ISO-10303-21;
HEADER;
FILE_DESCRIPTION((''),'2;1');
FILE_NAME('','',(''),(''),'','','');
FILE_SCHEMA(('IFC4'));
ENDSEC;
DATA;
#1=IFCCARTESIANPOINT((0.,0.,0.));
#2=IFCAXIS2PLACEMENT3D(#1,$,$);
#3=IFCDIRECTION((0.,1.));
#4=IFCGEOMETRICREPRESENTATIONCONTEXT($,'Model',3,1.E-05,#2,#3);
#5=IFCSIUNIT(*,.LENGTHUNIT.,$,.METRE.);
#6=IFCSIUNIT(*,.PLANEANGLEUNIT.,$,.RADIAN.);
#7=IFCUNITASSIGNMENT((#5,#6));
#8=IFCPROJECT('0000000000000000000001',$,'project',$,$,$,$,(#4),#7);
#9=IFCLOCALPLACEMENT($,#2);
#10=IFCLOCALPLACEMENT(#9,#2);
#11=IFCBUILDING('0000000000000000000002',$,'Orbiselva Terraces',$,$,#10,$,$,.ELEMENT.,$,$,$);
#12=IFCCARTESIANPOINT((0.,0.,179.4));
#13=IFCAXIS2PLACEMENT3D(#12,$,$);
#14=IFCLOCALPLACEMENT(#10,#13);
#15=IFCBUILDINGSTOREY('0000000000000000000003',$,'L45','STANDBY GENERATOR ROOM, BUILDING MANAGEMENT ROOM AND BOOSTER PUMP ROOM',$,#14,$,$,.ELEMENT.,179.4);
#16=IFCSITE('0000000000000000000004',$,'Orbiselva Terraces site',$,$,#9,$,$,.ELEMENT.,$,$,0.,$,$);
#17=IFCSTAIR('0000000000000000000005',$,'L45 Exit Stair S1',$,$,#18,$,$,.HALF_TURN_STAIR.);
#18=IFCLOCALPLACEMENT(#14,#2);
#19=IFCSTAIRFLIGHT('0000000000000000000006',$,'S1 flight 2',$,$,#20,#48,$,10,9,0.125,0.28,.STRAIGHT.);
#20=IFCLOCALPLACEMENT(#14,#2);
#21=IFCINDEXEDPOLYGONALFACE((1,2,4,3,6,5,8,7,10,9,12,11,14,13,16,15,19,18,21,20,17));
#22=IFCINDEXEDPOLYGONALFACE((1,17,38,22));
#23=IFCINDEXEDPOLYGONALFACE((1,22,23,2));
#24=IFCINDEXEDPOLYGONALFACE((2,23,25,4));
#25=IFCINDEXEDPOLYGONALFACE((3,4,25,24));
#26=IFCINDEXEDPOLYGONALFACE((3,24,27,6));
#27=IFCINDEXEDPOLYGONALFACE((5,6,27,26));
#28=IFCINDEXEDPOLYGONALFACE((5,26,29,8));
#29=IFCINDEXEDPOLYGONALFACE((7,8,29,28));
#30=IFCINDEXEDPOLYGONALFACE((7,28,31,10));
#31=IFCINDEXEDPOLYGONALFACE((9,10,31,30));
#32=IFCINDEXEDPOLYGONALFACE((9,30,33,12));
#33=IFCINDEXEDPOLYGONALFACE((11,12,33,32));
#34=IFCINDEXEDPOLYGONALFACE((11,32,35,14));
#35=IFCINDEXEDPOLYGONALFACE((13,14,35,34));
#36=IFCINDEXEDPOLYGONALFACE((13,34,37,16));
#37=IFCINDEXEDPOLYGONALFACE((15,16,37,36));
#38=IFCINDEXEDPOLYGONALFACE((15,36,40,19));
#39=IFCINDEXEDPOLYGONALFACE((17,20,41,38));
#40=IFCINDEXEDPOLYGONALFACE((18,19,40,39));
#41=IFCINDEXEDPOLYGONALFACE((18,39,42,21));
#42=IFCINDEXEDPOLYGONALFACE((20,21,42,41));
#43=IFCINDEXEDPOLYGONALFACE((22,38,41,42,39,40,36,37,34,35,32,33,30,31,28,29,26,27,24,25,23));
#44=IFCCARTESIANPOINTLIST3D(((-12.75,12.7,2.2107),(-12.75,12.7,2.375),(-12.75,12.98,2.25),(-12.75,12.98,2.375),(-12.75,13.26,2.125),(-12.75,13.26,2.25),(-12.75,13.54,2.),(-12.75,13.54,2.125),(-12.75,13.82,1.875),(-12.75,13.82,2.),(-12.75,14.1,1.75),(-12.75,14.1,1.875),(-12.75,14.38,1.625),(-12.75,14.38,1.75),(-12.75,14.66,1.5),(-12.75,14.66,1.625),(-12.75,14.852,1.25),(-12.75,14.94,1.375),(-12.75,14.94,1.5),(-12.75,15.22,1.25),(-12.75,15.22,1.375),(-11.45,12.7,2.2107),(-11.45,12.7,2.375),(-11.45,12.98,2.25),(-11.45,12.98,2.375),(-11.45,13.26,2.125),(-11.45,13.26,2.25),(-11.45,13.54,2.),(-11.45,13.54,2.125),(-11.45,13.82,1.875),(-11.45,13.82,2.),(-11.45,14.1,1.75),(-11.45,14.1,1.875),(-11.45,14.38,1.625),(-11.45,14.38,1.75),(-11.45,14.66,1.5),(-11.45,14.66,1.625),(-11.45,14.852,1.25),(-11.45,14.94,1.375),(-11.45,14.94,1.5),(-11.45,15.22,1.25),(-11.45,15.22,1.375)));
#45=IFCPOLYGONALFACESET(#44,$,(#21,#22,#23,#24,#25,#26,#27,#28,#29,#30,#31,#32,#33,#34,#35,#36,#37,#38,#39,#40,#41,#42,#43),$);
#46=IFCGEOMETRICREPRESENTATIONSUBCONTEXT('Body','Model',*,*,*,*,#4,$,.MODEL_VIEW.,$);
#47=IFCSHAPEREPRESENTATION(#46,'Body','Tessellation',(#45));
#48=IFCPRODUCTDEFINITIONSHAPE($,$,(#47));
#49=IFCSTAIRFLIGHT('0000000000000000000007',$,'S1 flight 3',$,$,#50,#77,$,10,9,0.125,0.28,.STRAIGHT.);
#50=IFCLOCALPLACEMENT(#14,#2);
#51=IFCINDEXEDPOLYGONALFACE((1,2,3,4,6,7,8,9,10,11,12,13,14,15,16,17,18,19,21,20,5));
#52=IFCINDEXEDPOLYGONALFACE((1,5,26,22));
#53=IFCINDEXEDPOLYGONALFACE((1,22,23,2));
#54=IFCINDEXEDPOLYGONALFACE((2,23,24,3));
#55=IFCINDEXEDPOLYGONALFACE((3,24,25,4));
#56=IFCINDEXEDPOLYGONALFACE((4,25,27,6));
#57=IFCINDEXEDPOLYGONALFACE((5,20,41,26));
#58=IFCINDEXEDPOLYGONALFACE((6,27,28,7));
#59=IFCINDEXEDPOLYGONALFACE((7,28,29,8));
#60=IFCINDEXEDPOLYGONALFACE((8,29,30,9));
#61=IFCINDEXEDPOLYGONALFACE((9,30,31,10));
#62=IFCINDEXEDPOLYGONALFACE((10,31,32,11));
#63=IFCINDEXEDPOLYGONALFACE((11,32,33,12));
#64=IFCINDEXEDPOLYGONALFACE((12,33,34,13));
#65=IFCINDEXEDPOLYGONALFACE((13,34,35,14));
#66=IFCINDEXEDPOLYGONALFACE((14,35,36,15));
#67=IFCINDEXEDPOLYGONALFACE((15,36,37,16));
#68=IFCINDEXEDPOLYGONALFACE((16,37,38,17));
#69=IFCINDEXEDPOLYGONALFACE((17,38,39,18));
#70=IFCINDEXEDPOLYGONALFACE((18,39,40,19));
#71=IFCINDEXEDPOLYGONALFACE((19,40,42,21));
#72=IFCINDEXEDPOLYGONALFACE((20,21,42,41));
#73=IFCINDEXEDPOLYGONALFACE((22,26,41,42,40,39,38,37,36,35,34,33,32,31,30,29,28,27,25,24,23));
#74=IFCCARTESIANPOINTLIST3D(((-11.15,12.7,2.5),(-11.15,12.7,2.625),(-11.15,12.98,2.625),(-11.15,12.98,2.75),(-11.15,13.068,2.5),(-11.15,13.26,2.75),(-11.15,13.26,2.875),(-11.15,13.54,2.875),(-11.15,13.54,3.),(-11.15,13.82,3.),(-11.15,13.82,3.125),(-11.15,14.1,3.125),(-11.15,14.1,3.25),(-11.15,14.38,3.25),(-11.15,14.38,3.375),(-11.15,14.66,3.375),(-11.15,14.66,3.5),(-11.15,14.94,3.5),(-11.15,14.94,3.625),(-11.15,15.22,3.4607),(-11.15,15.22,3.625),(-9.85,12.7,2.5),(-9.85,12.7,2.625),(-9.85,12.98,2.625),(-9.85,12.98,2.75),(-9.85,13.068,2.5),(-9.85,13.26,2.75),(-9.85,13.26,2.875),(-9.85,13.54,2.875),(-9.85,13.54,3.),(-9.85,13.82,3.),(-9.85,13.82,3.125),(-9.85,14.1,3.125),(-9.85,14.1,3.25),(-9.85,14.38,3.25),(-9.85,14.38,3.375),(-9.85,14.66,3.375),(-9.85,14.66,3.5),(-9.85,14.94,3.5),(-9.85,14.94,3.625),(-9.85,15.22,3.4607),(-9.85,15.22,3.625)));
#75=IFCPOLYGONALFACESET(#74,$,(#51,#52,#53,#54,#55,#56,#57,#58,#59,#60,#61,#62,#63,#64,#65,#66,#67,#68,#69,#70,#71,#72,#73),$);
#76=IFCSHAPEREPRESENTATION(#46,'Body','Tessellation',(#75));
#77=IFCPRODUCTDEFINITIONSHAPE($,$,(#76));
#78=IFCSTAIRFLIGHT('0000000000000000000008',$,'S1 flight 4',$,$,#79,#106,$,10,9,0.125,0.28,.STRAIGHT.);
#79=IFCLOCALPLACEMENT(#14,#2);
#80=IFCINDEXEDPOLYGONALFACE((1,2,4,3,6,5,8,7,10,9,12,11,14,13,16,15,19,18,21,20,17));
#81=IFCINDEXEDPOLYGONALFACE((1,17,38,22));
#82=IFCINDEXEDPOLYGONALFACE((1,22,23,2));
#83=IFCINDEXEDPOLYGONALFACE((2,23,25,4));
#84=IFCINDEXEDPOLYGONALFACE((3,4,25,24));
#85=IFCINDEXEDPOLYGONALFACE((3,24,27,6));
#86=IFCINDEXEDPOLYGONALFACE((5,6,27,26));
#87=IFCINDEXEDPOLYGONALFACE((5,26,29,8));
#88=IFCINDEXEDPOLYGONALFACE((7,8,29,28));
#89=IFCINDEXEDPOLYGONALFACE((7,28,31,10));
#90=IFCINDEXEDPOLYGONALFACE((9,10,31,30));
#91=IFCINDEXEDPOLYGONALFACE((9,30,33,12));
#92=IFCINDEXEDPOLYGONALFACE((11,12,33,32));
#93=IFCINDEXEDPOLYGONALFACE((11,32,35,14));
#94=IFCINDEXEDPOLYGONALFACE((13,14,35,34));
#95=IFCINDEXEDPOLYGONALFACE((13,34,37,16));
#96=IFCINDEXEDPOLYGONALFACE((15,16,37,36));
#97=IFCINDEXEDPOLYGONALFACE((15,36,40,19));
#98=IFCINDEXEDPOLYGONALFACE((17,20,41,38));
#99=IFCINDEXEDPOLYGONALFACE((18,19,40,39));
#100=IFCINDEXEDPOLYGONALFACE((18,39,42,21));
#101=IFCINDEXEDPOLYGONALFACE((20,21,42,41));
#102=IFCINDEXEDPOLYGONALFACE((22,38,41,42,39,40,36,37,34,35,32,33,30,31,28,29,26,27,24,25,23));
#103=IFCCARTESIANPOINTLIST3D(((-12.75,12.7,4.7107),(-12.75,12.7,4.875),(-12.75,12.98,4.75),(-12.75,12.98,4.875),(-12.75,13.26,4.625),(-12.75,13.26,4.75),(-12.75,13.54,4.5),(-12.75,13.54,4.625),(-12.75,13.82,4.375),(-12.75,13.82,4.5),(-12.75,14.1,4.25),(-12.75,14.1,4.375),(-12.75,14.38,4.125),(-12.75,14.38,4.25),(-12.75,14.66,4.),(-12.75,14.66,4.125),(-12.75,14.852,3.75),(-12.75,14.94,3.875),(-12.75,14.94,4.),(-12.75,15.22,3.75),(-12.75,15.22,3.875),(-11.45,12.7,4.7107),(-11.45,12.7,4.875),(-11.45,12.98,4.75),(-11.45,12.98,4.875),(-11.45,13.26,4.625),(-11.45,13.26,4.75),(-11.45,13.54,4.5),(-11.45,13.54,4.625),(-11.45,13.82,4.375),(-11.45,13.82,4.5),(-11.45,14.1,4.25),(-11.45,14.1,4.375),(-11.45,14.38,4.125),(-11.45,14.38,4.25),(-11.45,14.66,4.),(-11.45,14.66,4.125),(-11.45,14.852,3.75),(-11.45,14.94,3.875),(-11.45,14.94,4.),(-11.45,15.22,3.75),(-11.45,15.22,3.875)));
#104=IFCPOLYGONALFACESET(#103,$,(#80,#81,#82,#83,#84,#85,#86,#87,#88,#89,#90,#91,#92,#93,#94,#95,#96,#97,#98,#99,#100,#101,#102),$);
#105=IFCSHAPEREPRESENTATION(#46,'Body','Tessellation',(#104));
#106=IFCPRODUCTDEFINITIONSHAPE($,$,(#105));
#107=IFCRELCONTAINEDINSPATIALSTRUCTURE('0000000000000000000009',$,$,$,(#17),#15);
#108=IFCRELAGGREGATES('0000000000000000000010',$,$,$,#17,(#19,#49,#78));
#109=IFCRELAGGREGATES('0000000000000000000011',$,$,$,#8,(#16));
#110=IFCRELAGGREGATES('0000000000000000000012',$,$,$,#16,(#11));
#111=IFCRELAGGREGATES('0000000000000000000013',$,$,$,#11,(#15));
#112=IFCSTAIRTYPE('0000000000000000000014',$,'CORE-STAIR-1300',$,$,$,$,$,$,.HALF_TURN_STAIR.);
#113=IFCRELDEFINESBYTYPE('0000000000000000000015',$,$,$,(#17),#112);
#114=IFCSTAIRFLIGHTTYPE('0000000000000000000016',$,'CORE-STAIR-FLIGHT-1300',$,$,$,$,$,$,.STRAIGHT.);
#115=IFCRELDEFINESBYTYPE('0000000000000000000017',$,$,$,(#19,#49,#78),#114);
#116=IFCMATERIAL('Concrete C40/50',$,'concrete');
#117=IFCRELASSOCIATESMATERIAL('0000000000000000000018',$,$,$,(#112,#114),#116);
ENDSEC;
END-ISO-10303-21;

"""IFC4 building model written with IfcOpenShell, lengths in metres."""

from ifc_helpers import new_model, si_unit, direction, frame, origin, place, context, subcontext, project, spatial, polyline, outline, extrude, material, type_object, element, aggregate, save


model = new_model("IFC4")

# Units and contexts
model_context = context("Model", 3, precision=1e-05, world=origin(), true_north=direction((0.0, 1.0)))
body_context = subcontext(model_context, "Body", "Model", "MODEL_VIEW")
ifc_project = project(units=[si_unit("LENGTHUNIT", "METRE"), si_unit("PLANEANGLEUNIT", "RADIAN")], contexts=[model_context])

# Site, building, storey
site_placement = place(None, origin())
site = spatial("IfcSite", under=ifc_project, at=site_placement, Name="Orbiselva Terraces site", CompositionType="ELEMENT", RefElevation=0.0)
building_placement = place(site_placement, origin())
building = spatial("IfcBuilding", under=site, at=building_placement, Name="Orbiselva Terraces", CompositionType="ELEMENT")
storey_placement = place(building_placement, frame((0.0, 0.0, 179.4)))
storey = spatial("IfcBuildingStorey", under=building, at=storey_placement, Name="L45", Description="STANDBY GENERATOR ROOM, BUILDING MANAGEMENT ROOM AND BOOSTER PUMP ROOM", CompositionType="ELEMENT", Elevation=179.4)

# Shared definitions
ifc_material_1 = material(Name="Concrete C40/50", Category="concrete")

# Stair, stair flights
stair_type = type_object("IfcStairType", Name="CORE-STAIR-1300", PredefinedType="HALF_TURN_STAIR", material=ifc_material_1)
stair_placement = place(storey_placement, origin())
stair = element("IfcStair", 1, at=stair_placement, inside=storey, type_object=stair_type, Name="L45 Exit Stair S1", PredefinedType="HALF_TURN_STAIR")
stair_flight_type = type_object("IfcStairFlightType", Name="CORE-STAIR-FLIGHT-1300", PredefinedType="STRAIGHT", material=ifc_material_1)
stair_flight_1_placement = place(storey_placement, frame((-12.1, 15.22, 1.25), z_axis=(0.0, 0.0, 1.0), x_axis=(0.0, -1.0, 0.0)))
stair_flight_1 = element("IfcStairFlight", 2, at=stair_flight_1_placement, type_object=stair_flight_type, Name="S1 flight 2", NumberOfRisers=10, NumberOfTreads=9, PredefinedType="STRAIGHT", RiserHeight=0.125, TreadLength=0.28, context=body_context, shape_type="SweptSolid", body=[
    extrude(outline(polyline([(0.0, 0.0), (0.0, 0.125), (0.28, 0.125), (0.28, 0.25), (0.56, 0.25), (0.56, 0.375), (0.84, 0.375), (0.84, 0.5), (1.12, 0.5), (1.12, 0.625), (1.4, 0.625), (1.4, 0.75), (1.68, 0.75), (1.68, 0.875), (1.96, 0.875), (1.96, 1.0), (2.24, 1.0), (2.24, 1.125), (2.52, 1.125), (2.52, 1.25), (2.52, 0.9607), (0.368, 0.0), (0.0, 0.0)])), frame((0.0, 0.65, 0.0), z_axis=(0.0, -1.0, 0.0), x_axis=(1.0, 0.0, 0.0)), (0.0, 0.0, 1.0), 1.3),
])
stair_flight_2_placement = place(storey_placement, frame((-10.5, 12.7, 2.5), z_axis=(0.0, 0.0, 1.0), x_axis=(0.0, 1.0, 0.0)))
stair_flight_2 = element("IfcStairFlight", 3, at=stair_flight_2_placement, type_object=stair_flight_type, Name="S1 flight 3", NumberOfRisers=10, NumberOfTreads=9, PredefinedType="STRAIGHT", RiserHeight=0.125, TreadLength=0.28, context=body_context, shape_type="SweptSolid", body=[
    extrude(outline(polyline([(0.0, 0.0), (0.0, 0.125), (0.28, 0.125), (0.28, 0.25), (0.56, 0.25), (0.56, 0.375), (0.84, 0.375), (0.84, 0.5), (1.12, 0.5), (1.12, 0.625), (1.4, 0.625), (1.4, 0.75), (1.68, 0.75), (1.68, 0.875), (1.96, 0.875), (1.96, 1.0), (2.24, 1.0), (2.24, 1.125), (2.52, 1.125), (2.52, 1.25), (2.52, 0.9607), (0.368, 0.0), (0.0, 0.0)])), frame((0.0, 0.65, 0.0), z_axis=(0.0, -1.0, 0.0), x_axis=(1.0, 0.0, 0.0)), (0.0, 0.0, 1.0), 1.3),
])
stair_flight_3_placement = place(storey_placement, frame((-12.1, 15.22, 3.75), z_axis=(0.0, 0.0, 1.0), x_axis=(0.0, -1.0, 0.0)))
stair_flight_3 = element("IfcStairFlight", 4, at=stair_flight_3_placement, type_object=stair_flight_type, Name="S1 flight 4", NumberOfRisers=10, NumberOfTreads=9, PredefinedType="STRAIGHT", RiserHeight=0.125, TreadLength=0.28, context=body_context, shape_type="SweptSolid", body=[
    extrude(outline(polyline([(0.0, 0.0), (0.0, 0.125), (0.28, 0.125), (0.28, 0.25), (0.56, 0.25), (0.56, 0.375), (0.84, 0.375), (0.84, 0.5), (1.12, 0.5), (1.12, 0.625), (1.4, 0.625), (1.4, 0.75), (1.68, 0.75), (1.68, 0.875), (1.96, 0.875), (1.96, 1.0), (2.24, 1.0), (2.24, 1.125), (2.52, 1.125), (2.52, 1.25), (2.52, 0.9607), (0.368, 0.0), (0.0, 0.0)])), frame((0.0, 0.65, 0.0), z_axis=(0.0, -1.0, 0.0), x_axis=(1.0, 0.0, 0.0)), (0.0, 0.0, 1.0), 1.3),
])
aggregate(stair, [stair_flight_1, stair_flight_2, stair_flight_3])

save(model, "model.ifc")
